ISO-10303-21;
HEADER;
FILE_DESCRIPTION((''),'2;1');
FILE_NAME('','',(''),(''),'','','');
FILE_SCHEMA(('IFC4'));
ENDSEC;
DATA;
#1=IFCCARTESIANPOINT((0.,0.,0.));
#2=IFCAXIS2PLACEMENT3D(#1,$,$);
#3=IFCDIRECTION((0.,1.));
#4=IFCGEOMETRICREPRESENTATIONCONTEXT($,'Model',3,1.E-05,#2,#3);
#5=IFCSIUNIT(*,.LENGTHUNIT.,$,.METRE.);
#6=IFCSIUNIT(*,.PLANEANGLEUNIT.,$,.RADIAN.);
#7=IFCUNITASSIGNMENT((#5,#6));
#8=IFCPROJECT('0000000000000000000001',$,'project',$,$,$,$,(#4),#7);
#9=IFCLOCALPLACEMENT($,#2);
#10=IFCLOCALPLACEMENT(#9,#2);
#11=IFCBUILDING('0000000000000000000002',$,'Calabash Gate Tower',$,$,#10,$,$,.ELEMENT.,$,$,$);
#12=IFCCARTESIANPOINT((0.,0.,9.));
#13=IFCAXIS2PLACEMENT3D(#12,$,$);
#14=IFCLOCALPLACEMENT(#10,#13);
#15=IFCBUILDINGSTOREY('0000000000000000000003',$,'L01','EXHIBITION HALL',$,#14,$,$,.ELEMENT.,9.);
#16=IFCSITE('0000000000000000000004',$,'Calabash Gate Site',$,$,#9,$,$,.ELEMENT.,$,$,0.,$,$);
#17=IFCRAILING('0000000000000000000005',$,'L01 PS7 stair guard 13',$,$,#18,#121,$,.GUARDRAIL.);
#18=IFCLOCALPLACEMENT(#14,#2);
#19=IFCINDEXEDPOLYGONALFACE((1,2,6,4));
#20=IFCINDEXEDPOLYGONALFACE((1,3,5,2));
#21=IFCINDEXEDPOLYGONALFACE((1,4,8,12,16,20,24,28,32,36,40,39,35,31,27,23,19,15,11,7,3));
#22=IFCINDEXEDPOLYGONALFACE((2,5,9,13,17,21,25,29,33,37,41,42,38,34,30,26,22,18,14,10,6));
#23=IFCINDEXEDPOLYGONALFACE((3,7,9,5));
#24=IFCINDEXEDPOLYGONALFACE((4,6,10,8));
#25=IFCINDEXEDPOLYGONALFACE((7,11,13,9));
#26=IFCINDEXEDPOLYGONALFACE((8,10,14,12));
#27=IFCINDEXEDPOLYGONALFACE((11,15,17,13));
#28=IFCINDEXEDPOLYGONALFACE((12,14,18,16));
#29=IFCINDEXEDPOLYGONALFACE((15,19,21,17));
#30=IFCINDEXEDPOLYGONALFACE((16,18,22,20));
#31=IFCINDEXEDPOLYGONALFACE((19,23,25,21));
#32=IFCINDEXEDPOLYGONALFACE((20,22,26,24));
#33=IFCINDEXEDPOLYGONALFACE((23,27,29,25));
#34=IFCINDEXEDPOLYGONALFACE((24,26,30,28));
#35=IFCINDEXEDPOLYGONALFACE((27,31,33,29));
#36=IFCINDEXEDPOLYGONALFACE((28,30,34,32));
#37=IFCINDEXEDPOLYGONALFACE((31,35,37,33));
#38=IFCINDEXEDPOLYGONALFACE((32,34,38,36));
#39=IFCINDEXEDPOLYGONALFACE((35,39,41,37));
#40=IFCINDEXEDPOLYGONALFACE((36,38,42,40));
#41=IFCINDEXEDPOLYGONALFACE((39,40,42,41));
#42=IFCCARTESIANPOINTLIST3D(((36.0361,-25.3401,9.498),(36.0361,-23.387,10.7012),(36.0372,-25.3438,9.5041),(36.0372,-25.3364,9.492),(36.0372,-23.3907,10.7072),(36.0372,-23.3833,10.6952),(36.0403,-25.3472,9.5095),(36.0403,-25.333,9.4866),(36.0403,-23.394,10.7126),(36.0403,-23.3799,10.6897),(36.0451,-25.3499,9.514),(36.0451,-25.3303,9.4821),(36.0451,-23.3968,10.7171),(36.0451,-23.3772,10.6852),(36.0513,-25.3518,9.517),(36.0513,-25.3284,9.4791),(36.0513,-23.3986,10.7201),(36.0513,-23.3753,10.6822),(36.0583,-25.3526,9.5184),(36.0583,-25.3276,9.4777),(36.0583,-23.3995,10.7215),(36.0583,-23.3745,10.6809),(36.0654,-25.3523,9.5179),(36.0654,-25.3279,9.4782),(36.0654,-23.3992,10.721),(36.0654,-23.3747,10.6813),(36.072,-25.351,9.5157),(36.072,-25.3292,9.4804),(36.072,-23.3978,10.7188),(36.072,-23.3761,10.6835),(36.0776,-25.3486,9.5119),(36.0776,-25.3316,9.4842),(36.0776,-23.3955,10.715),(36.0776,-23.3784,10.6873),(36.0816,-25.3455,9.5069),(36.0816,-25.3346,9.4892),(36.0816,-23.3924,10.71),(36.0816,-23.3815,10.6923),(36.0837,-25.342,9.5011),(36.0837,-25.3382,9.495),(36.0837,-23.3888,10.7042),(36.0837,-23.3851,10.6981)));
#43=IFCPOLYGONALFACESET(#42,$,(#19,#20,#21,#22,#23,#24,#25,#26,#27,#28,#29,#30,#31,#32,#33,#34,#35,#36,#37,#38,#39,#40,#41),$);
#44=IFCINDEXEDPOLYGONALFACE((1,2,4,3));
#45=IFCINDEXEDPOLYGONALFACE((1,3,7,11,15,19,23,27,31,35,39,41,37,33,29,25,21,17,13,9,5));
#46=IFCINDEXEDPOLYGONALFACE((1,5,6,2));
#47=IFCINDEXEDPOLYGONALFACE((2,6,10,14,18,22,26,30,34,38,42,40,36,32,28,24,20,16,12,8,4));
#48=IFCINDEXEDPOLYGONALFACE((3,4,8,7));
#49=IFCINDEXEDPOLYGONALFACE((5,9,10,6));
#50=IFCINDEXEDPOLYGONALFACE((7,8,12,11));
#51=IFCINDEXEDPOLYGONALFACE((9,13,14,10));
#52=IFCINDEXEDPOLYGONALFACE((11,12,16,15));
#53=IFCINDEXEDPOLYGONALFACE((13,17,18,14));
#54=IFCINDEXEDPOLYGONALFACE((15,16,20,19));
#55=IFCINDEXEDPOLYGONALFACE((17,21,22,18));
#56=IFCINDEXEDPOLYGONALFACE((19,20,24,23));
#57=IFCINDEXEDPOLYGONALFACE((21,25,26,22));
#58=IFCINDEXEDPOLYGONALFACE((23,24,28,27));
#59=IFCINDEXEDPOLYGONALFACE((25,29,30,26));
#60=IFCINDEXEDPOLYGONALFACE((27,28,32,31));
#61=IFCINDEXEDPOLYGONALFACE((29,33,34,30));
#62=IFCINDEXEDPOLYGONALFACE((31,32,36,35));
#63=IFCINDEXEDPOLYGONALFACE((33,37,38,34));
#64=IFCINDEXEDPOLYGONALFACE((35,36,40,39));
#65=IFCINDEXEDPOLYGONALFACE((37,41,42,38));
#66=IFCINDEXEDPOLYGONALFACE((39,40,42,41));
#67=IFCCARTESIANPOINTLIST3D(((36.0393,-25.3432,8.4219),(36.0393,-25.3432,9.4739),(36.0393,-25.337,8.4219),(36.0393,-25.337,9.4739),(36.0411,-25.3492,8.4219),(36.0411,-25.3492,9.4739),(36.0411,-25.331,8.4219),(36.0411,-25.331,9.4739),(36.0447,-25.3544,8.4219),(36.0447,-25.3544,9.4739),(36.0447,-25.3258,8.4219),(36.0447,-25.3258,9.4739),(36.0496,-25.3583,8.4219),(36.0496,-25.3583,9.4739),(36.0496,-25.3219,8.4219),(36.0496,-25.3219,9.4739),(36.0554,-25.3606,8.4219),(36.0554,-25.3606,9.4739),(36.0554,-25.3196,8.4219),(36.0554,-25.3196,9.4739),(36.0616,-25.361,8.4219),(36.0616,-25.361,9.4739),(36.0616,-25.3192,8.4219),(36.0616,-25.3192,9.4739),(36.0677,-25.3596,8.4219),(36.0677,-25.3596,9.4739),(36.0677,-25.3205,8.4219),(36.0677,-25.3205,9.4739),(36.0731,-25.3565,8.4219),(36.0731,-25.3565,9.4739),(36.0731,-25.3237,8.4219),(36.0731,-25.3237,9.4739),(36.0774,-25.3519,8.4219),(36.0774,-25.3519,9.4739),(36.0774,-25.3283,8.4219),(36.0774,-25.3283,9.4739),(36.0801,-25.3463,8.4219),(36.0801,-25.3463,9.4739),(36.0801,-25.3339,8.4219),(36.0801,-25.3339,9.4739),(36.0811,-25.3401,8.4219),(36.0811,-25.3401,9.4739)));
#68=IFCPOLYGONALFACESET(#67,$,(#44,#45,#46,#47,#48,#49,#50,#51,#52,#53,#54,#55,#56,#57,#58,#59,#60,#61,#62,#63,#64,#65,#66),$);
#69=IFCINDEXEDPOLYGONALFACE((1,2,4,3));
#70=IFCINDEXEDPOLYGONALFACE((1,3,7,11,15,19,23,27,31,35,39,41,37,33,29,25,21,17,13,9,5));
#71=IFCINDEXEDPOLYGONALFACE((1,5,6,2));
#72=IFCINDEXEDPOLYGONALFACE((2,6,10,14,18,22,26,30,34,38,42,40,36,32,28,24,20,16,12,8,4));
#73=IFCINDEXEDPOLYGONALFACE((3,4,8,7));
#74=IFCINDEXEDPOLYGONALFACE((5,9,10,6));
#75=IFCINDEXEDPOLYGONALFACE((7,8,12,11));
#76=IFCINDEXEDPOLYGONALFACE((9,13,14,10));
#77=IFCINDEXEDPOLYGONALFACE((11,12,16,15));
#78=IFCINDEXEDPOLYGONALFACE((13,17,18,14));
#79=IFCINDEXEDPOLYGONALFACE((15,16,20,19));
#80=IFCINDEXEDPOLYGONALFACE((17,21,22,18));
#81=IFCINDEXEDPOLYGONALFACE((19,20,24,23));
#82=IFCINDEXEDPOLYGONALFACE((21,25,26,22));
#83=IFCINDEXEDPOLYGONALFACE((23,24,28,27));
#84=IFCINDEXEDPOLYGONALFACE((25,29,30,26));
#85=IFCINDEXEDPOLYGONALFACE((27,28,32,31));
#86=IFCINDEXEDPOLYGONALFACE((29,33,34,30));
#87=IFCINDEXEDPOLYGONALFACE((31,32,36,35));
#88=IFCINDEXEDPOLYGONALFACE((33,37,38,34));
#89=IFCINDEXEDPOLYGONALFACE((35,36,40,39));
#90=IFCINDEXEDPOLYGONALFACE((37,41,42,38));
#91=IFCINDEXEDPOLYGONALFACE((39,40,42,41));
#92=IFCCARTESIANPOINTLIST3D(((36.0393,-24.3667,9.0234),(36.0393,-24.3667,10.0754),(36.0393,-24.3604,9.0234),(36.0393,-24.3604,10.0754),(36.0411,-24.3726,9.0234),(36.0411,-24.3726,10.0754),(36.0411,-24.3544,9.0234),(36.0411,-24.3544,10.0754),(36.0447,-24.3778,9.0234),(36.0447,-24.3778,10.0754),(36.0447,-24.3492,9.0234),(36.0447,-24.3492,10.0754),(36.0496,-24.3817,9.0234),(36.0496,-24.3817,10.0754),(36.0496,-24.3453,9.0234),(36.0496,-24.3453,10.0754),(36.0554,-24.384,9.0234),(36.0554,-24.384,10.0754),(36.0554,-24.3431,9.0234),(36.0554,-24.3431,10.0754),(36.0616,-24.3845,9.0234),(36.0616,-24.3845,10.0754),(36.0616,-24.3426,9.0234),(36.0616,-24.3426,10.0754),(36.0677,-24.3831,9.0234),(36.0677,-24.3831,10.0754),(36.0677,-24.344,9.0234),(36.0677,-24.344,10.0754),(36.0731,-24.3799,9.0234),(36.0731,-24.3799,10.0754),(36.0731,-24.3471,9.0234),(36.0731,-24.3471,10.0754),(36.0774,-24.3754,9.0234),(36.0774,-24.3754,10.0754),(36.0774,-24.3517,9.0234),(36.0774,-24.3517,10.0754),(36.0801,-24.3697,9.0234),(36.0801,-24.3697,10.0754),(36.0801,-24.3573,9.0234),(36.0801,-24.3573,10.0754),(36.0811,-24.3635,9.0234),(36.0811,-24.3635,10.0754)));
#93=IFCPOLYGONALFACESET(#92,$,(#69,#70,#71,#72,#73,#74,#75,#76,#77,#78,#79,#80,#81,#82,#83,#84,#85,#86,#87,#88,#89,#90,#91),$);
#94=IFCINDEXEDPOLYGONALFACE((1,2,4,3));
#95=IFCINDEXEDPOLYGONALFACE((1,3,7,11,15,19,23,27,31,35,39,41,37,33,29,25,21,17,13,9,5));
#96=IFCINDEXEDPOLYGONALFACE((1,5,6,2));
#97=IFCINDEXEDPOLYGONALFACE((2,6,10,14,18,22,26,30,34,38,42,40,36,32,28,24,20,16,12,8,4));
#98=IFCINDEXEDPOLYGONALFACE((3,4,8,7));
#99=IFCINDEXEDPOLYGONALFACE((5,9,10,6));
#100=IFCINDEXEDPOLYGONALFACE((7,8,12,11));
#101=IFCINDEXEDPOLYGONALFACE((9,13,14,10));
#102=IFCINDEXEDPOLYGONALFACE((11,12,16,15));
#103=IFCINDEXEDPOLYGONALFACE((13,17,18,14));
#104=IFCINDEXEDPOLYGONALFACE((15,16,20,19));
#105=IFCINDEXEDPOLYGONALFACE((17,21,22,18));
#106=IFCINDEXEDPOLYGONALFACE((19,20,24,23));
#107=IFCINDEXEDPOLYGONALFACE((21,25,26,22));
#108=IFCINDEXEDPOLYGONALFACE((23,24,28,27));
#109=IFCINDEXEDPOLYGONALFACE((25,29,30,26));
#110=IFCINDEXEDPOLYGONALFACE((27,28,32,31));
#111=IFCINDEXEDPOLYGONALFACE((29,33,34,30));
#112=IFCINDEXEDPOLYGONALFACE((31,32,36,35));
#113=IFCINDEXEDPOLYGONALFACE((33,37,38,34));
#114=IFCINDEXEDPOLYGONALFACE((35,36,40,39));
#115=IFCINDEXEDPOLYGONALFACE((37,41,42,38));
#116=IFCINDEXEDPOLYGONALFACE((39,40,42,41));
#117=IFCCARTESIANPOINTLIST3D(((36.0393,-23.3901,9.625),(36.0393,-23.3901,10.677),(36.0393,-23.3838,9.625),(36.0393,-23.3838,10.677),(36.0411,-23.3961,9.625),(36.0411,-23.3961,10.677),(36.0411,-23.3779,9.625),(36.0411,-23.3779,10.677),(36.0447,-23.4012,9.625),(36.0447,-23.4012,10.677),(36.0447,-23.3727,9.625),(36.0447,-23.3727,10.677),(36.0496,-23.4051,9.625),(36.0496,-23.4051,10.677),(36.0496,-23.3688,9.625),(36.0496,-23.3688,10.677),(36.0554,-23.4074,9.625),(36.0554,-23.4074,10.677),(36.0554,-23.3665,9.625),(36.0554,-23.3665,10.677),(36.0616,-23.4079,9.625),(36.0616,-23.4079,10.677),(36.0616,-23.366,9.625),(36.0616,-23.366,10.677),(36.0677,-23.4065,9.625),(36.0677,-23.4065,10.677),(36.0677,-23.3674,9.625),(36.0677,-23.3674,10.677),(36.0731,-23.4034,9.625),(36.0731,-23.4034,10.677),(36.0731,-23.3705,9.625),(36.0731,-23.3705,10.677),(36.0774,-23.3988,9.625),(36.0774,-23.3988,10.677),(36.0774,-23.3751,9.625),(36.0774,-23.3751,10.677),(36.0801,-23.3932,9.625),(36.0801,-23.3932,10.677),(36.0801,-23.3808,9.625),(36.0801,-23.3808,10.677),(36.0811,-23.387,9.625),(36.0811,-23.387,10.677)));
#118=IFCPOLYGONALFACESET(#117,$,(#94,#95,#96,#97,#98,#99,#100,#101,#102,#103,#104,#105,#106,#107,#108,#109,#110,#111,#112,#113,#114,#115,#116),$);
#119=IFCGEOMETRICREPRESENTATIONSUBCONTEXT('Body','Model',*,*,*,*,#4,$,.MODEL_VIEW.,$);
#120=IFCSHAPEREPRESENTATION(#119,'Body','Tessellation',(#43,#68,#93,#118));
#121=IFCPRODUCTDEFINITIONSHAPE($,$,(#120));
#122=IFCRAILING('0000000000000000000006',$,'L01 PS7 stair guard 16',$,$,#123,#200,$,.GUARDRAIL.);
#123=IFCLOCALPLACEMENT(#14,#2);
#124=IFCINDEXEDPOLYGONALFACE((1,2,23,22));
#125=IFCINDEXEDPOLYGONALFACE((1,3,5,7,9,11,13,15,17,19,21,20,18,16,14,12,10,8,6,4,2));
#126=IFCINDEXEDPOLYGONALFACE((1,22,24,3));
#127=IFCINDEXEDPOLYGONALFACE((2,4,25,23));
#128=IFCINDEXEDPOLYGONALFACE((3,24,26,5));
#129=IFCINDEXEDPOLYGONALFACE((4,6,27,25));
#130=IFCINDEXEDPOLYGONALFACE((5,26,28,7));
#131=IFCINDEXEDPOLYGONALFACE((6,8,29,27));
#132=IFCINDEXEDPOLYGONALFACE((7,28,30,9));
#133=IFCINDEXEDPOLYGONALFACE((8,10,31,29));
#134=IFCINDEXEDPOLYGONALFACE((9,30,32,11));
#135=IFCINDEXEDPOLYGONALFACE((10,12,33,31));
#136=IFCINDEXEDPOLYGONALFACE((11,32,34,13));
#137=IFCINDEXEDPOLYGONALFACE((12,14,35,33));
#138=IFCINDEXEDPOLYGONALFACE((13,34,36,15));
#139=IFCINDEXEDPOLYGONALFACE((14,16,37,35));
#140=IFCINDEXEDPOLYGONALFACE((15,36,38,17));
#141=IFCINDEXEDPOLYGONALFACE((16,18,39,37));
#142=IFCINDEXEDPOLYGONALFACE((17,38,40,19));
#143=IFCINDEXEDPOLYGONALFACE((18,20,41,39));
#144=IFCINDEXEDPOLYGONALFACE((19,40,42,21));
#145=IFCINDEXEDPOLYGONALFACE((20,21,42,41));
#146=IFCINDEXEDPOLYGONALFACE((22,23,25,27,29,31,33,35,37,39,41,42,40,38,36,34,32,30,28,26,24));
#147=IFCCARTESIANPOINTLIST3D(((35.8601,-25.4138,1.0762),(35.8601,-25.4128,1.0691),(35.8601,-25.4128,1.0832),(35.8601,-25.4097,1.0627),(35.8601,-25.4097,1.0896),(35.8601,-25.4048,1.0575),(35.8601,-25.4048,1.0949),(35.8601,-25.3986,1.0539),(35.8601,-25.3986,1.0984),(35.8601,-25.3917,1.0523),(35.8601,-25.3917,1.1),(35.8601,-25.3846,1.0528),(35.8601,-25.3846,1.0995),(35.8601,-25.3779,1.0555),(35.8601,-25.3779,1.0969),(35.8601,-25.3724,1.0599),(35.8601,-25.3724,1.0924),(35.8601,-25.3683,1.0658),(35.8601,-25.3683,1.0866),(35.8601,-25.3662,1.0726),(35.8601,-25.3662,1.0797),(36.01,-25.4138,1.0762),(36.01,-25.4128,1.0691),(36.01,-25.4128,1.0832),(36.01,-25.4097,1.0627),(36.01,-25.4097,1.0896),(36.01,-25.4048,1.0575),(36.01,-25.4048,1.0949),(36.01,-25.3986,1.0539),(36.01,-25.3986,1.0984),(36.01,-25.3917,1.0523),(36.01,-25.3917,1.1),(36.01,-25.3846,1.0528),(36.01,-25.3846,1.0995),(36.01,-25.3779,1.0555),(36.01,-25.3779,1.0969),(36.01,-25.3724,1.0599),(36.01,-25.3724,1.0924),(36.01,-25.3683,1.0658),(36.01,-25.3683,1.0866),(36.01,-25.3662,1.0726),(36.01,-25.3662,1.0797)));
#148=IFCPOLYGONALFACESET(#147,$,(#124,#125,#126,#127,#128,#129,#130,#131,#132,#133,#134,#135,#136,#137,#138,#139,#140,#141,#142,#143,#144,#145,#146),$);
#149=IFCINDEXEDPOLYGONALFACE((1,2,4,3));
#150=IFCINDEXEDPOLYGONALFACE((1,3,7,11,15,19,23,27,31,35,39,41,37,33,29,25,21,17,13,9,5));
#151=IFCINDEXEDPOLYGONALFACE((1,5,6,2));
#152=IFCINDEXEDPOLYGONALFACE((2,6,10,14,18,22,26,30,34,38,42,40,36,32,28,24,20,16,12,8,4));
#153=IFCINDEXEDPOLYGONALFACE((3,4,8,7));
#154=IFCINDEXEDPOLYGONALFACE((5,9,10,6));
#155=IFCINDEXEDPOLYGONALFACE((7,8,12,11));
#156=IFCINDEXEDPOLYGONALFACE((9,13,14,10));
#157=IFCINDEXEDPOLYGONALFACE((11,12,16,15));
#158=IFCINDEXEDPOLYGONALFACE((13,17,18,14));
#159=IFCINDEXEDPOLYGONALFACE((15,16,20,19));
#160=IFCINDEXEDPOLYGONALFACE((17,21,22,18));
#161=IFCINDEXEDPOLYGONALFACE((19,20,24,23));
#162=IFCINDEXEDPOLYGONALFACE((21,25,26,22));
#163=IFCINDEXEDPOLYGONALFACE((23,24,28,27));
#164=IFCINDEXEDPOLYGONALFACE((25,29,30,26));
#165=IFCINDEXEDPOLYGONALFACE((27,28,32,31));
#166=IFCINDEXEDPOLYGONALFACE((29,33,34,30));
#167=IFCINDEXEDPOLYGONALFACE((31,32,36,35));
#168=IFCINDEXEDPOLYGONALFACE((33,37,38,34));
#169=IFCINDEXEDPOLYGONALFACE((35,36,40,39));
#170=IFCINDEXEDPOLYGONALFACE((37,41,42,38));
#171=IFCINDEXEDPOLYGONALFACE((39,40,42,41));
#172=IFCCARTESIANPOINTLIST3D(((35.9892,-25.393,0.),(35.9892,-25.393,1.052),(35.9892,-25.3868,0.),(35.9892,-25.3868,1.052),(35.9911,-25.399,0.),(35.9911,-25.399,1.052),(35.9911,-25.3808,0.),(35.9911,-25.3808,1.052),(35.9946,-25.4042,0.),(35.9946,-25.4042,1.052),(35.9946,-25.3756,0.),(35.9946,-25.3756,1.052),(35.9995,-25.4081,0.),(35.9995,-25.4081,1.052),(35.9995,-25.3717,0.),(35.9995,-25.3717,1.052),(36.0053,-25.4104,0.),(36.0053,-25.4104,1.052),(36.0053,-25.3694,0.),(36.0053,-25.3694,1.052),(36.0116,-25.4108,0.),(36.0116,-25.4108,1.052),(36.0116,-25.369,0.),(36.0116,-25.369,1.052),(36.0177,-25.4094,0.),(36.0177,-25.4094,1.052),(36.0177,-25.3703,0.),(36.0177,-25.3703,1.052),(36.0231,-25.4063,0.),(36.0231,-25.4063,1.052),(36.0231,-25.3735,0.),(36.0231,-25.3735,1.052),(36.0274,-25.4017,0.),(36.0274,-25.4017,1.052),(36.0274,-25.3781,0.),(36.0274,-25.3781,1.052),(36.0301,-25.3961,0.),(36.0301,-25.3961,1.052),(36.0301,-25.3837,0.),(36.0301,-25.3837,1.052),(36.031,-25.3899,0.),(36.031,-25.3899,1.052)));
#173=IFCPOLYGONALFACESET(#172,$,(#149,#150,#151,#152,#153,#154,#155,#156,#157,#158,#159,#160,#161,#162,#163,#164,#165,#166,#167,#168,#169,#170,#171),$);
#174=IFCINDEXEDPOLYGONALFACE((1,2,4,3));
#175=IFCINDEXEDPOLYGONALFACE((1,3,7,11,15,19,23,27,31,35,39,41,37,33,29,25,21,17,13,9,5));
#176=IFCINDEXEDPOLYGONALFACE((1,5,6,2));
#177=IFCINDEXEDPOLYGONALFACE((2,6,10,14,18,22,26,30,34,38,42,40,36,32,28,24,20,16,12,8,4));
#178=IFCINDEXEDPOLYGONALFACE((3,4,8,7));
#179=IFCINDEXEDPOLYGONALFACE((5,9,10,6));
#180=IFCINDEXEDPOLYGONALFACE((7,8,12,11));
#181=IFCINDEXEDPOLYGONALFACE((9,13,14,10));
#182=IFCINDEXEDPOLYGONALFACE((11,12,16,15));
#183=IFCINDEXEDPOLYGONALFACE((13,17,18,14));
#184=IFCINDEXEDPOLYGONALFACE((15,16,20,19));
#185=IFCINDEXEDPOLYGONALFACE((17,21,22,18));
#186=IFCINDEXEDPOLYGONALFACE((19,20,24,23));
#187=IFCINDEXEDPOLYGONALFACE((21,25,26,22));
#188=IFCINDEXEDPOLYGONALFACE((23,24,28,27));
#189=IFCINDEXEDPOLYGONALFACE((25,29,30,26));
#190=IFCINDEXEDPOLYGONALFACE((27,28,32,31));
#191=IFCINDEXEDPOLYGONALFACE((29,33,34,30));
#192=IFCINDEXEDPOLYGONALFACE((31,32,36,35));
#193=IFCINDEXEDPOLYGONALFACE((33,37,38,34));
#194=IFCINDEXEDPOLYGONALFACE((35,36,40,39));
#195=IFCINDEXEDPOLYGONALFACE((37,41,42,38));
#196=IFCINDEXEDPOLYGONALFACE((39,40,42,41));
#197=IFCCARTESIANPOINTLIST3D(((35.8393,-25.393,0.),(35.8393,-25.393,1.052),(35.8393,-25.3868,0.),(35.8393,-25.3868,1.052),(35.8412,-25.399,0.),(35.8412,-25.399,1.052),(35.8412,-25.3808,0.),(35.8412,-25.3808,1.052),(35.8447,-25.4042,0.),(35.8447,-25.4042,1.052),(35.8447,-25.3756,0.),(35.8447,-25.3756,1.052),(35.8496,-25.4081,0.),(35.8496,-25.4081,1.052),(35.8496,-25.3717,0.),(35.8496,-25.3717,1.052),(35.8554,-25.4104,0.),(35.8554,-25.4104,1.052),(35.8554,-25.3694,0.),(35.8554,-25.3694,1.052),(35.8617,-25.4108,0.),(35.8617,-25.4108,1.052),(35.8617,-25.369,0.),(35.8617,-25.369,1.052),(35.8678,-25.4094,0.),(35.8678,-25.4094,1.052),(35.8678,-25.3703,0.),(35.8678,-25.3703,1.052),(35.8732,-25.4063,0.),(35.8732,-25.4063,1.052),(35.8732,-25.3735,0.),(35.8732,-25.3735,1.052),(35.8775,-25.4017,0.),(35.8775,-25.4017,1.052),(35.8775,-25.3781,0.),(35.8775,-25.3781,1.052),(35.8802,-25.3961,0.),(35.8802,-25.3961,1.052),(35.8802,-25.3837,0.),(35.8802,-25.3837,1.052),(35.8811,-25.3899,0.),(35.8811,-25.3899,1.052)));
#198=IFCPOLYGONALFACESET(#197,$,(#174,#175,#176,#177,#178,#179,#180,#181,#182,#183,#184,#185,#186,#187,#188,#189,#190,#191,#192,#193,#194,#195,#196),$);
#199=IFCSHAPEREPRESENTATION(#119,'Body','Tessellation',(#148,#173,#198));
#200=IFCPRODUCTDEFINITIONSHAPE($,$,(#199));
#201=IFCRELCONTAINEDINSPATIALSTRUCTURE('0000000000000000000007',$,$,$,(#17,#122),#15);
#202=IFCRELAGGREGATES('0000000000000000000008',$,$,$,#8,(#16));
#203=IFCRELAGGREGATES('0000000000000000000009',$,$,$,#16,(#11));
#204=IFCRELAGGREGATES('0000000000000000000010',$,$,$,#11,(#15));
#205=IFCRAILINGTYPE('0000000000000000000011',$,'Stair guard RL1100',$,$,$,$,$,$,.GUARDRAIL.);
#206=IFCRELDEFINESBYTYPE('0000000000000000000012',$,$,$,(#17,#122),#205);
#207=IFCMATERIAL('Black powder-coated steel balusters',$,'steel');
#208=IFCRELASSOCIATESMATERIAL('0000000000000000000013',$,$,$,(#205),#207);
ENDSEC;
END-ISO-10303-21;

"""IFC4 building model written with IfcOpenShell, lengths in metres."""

from ifc_helpers import new_model, si_unit, direction, frame, origin, origin_2d, place, context, subcontext, project, spatial, circle, extrude, material, type_object, element, save


model = new_model("IFC4")

# Units and contexts
model_context = context("Model", 3, precision=1e-05, world=origin(), true_north=direction((0.0, 1.0)))
body_context = subcontext(model_context, "Body", "Model", "MODEL_VIEW")
ifc_project = project(units=[si_unit("LENGTHUNIT", "METRE"), si_unit("PLANEANGLEUNIT", "RADIAN")], contexts=[model_context])

# Site, building, storey
site_placement = place(None, origin())
site = spatial("IfcSite", under=ifc_project, at=site_placement, Name="Calabash Gate Site", CompositionType="ELEMENT", RefElevation=0.0)
building_placement = place(site_placement, origin())
building = spatial("IfcBuilding", under=site, at=building_placement, Name="Calabash Gate Tower", CompositionType="ELEMENT")
storey_placement = place(building_placement, frame((0.0, 0.0, 9.0)))
storey = spatial("IfcBuildingStorey", under=building, at=storey_placement, Name="L01", Description="EXHIBITION HALL", CompositionType="ELEMENT", Elevation=9.0)

# Railings
ifc_material_1 = material(Name="Black powder-coated steel balusters", Category="steel")
railing_type_1 = type_object("IfcRailingType", Name="Stair guard RL1100", PredefinedType="GUARDRAIL", material=ifc_material_1)
railing_1_placement = place(storey_placement, frame((36.0601, -25.3401, 8.4219)))
element("IfcRailing", 1, at=railing_1_placement, inside=storey, type_object=railing_type_1, Name="L01 PS7 stair guard 13", PredefinedType="GUARDRAIL", context=body_context, shape_type="SweptSolid", body=[
    extrude(circle(Radius=0.0239, at=origin_2d()), frame((0.0, 0.0, 1.0762), z_axis=(0.0, 0.851424, 0.524477), x_axis=(-1.0, 0.0, 0.0)), (0.0, 0.0, 1.0), 2.2939),
    extrude(circle(Radius=0.021, at=origin_2d()), origin(), (0.0, 0.0, 1.0), 1.052),
    extrude(circle(Radius=0.021, at=origin_2d()), frame((0.0, 0.9766, 0.6016)), (0.0, 0.0, 1.0), 1.052),
    extrude(circle(Radius=0.021, at=origin_2d()), frame((0.0, 1.9531, 1.2031)), (0.0, 0.0, 1.0), 1.052),
])
railing_2_placement = place(storey_placement, frame((36.01, -25.3899, 0.0)))
element("IfcRailing", 2, at=railing_2_placement, inside=storey, type_object=railing_type_1, Name="L01 PS7 stair guard 16", PredefinedType="GUARDRAIL", context=body_context, shape_type="SweptSolid", body=[
    extrude(circle(Radius=0.0239, at=origin_2d()), frame((0.0, 0.0, 1.0762), z_axis=(-1.0, 0.0, 0.0), x_axis=(0.0, -1.0, 0.0)), (0.0, 0.0, 1.0), 0.1499),
    extrude(circle(Radius=0.021, at=origin_2d()), origin(), (0.0, 0.0, 1.0), 1.052),
    extrude(circle(Radius=0.021, at=origin_2d()), frame((-0.1499, 0.0, 0.0)), (0.0, 0.0, 1.0), 1.052),
])

save(model, "model.ifc")
